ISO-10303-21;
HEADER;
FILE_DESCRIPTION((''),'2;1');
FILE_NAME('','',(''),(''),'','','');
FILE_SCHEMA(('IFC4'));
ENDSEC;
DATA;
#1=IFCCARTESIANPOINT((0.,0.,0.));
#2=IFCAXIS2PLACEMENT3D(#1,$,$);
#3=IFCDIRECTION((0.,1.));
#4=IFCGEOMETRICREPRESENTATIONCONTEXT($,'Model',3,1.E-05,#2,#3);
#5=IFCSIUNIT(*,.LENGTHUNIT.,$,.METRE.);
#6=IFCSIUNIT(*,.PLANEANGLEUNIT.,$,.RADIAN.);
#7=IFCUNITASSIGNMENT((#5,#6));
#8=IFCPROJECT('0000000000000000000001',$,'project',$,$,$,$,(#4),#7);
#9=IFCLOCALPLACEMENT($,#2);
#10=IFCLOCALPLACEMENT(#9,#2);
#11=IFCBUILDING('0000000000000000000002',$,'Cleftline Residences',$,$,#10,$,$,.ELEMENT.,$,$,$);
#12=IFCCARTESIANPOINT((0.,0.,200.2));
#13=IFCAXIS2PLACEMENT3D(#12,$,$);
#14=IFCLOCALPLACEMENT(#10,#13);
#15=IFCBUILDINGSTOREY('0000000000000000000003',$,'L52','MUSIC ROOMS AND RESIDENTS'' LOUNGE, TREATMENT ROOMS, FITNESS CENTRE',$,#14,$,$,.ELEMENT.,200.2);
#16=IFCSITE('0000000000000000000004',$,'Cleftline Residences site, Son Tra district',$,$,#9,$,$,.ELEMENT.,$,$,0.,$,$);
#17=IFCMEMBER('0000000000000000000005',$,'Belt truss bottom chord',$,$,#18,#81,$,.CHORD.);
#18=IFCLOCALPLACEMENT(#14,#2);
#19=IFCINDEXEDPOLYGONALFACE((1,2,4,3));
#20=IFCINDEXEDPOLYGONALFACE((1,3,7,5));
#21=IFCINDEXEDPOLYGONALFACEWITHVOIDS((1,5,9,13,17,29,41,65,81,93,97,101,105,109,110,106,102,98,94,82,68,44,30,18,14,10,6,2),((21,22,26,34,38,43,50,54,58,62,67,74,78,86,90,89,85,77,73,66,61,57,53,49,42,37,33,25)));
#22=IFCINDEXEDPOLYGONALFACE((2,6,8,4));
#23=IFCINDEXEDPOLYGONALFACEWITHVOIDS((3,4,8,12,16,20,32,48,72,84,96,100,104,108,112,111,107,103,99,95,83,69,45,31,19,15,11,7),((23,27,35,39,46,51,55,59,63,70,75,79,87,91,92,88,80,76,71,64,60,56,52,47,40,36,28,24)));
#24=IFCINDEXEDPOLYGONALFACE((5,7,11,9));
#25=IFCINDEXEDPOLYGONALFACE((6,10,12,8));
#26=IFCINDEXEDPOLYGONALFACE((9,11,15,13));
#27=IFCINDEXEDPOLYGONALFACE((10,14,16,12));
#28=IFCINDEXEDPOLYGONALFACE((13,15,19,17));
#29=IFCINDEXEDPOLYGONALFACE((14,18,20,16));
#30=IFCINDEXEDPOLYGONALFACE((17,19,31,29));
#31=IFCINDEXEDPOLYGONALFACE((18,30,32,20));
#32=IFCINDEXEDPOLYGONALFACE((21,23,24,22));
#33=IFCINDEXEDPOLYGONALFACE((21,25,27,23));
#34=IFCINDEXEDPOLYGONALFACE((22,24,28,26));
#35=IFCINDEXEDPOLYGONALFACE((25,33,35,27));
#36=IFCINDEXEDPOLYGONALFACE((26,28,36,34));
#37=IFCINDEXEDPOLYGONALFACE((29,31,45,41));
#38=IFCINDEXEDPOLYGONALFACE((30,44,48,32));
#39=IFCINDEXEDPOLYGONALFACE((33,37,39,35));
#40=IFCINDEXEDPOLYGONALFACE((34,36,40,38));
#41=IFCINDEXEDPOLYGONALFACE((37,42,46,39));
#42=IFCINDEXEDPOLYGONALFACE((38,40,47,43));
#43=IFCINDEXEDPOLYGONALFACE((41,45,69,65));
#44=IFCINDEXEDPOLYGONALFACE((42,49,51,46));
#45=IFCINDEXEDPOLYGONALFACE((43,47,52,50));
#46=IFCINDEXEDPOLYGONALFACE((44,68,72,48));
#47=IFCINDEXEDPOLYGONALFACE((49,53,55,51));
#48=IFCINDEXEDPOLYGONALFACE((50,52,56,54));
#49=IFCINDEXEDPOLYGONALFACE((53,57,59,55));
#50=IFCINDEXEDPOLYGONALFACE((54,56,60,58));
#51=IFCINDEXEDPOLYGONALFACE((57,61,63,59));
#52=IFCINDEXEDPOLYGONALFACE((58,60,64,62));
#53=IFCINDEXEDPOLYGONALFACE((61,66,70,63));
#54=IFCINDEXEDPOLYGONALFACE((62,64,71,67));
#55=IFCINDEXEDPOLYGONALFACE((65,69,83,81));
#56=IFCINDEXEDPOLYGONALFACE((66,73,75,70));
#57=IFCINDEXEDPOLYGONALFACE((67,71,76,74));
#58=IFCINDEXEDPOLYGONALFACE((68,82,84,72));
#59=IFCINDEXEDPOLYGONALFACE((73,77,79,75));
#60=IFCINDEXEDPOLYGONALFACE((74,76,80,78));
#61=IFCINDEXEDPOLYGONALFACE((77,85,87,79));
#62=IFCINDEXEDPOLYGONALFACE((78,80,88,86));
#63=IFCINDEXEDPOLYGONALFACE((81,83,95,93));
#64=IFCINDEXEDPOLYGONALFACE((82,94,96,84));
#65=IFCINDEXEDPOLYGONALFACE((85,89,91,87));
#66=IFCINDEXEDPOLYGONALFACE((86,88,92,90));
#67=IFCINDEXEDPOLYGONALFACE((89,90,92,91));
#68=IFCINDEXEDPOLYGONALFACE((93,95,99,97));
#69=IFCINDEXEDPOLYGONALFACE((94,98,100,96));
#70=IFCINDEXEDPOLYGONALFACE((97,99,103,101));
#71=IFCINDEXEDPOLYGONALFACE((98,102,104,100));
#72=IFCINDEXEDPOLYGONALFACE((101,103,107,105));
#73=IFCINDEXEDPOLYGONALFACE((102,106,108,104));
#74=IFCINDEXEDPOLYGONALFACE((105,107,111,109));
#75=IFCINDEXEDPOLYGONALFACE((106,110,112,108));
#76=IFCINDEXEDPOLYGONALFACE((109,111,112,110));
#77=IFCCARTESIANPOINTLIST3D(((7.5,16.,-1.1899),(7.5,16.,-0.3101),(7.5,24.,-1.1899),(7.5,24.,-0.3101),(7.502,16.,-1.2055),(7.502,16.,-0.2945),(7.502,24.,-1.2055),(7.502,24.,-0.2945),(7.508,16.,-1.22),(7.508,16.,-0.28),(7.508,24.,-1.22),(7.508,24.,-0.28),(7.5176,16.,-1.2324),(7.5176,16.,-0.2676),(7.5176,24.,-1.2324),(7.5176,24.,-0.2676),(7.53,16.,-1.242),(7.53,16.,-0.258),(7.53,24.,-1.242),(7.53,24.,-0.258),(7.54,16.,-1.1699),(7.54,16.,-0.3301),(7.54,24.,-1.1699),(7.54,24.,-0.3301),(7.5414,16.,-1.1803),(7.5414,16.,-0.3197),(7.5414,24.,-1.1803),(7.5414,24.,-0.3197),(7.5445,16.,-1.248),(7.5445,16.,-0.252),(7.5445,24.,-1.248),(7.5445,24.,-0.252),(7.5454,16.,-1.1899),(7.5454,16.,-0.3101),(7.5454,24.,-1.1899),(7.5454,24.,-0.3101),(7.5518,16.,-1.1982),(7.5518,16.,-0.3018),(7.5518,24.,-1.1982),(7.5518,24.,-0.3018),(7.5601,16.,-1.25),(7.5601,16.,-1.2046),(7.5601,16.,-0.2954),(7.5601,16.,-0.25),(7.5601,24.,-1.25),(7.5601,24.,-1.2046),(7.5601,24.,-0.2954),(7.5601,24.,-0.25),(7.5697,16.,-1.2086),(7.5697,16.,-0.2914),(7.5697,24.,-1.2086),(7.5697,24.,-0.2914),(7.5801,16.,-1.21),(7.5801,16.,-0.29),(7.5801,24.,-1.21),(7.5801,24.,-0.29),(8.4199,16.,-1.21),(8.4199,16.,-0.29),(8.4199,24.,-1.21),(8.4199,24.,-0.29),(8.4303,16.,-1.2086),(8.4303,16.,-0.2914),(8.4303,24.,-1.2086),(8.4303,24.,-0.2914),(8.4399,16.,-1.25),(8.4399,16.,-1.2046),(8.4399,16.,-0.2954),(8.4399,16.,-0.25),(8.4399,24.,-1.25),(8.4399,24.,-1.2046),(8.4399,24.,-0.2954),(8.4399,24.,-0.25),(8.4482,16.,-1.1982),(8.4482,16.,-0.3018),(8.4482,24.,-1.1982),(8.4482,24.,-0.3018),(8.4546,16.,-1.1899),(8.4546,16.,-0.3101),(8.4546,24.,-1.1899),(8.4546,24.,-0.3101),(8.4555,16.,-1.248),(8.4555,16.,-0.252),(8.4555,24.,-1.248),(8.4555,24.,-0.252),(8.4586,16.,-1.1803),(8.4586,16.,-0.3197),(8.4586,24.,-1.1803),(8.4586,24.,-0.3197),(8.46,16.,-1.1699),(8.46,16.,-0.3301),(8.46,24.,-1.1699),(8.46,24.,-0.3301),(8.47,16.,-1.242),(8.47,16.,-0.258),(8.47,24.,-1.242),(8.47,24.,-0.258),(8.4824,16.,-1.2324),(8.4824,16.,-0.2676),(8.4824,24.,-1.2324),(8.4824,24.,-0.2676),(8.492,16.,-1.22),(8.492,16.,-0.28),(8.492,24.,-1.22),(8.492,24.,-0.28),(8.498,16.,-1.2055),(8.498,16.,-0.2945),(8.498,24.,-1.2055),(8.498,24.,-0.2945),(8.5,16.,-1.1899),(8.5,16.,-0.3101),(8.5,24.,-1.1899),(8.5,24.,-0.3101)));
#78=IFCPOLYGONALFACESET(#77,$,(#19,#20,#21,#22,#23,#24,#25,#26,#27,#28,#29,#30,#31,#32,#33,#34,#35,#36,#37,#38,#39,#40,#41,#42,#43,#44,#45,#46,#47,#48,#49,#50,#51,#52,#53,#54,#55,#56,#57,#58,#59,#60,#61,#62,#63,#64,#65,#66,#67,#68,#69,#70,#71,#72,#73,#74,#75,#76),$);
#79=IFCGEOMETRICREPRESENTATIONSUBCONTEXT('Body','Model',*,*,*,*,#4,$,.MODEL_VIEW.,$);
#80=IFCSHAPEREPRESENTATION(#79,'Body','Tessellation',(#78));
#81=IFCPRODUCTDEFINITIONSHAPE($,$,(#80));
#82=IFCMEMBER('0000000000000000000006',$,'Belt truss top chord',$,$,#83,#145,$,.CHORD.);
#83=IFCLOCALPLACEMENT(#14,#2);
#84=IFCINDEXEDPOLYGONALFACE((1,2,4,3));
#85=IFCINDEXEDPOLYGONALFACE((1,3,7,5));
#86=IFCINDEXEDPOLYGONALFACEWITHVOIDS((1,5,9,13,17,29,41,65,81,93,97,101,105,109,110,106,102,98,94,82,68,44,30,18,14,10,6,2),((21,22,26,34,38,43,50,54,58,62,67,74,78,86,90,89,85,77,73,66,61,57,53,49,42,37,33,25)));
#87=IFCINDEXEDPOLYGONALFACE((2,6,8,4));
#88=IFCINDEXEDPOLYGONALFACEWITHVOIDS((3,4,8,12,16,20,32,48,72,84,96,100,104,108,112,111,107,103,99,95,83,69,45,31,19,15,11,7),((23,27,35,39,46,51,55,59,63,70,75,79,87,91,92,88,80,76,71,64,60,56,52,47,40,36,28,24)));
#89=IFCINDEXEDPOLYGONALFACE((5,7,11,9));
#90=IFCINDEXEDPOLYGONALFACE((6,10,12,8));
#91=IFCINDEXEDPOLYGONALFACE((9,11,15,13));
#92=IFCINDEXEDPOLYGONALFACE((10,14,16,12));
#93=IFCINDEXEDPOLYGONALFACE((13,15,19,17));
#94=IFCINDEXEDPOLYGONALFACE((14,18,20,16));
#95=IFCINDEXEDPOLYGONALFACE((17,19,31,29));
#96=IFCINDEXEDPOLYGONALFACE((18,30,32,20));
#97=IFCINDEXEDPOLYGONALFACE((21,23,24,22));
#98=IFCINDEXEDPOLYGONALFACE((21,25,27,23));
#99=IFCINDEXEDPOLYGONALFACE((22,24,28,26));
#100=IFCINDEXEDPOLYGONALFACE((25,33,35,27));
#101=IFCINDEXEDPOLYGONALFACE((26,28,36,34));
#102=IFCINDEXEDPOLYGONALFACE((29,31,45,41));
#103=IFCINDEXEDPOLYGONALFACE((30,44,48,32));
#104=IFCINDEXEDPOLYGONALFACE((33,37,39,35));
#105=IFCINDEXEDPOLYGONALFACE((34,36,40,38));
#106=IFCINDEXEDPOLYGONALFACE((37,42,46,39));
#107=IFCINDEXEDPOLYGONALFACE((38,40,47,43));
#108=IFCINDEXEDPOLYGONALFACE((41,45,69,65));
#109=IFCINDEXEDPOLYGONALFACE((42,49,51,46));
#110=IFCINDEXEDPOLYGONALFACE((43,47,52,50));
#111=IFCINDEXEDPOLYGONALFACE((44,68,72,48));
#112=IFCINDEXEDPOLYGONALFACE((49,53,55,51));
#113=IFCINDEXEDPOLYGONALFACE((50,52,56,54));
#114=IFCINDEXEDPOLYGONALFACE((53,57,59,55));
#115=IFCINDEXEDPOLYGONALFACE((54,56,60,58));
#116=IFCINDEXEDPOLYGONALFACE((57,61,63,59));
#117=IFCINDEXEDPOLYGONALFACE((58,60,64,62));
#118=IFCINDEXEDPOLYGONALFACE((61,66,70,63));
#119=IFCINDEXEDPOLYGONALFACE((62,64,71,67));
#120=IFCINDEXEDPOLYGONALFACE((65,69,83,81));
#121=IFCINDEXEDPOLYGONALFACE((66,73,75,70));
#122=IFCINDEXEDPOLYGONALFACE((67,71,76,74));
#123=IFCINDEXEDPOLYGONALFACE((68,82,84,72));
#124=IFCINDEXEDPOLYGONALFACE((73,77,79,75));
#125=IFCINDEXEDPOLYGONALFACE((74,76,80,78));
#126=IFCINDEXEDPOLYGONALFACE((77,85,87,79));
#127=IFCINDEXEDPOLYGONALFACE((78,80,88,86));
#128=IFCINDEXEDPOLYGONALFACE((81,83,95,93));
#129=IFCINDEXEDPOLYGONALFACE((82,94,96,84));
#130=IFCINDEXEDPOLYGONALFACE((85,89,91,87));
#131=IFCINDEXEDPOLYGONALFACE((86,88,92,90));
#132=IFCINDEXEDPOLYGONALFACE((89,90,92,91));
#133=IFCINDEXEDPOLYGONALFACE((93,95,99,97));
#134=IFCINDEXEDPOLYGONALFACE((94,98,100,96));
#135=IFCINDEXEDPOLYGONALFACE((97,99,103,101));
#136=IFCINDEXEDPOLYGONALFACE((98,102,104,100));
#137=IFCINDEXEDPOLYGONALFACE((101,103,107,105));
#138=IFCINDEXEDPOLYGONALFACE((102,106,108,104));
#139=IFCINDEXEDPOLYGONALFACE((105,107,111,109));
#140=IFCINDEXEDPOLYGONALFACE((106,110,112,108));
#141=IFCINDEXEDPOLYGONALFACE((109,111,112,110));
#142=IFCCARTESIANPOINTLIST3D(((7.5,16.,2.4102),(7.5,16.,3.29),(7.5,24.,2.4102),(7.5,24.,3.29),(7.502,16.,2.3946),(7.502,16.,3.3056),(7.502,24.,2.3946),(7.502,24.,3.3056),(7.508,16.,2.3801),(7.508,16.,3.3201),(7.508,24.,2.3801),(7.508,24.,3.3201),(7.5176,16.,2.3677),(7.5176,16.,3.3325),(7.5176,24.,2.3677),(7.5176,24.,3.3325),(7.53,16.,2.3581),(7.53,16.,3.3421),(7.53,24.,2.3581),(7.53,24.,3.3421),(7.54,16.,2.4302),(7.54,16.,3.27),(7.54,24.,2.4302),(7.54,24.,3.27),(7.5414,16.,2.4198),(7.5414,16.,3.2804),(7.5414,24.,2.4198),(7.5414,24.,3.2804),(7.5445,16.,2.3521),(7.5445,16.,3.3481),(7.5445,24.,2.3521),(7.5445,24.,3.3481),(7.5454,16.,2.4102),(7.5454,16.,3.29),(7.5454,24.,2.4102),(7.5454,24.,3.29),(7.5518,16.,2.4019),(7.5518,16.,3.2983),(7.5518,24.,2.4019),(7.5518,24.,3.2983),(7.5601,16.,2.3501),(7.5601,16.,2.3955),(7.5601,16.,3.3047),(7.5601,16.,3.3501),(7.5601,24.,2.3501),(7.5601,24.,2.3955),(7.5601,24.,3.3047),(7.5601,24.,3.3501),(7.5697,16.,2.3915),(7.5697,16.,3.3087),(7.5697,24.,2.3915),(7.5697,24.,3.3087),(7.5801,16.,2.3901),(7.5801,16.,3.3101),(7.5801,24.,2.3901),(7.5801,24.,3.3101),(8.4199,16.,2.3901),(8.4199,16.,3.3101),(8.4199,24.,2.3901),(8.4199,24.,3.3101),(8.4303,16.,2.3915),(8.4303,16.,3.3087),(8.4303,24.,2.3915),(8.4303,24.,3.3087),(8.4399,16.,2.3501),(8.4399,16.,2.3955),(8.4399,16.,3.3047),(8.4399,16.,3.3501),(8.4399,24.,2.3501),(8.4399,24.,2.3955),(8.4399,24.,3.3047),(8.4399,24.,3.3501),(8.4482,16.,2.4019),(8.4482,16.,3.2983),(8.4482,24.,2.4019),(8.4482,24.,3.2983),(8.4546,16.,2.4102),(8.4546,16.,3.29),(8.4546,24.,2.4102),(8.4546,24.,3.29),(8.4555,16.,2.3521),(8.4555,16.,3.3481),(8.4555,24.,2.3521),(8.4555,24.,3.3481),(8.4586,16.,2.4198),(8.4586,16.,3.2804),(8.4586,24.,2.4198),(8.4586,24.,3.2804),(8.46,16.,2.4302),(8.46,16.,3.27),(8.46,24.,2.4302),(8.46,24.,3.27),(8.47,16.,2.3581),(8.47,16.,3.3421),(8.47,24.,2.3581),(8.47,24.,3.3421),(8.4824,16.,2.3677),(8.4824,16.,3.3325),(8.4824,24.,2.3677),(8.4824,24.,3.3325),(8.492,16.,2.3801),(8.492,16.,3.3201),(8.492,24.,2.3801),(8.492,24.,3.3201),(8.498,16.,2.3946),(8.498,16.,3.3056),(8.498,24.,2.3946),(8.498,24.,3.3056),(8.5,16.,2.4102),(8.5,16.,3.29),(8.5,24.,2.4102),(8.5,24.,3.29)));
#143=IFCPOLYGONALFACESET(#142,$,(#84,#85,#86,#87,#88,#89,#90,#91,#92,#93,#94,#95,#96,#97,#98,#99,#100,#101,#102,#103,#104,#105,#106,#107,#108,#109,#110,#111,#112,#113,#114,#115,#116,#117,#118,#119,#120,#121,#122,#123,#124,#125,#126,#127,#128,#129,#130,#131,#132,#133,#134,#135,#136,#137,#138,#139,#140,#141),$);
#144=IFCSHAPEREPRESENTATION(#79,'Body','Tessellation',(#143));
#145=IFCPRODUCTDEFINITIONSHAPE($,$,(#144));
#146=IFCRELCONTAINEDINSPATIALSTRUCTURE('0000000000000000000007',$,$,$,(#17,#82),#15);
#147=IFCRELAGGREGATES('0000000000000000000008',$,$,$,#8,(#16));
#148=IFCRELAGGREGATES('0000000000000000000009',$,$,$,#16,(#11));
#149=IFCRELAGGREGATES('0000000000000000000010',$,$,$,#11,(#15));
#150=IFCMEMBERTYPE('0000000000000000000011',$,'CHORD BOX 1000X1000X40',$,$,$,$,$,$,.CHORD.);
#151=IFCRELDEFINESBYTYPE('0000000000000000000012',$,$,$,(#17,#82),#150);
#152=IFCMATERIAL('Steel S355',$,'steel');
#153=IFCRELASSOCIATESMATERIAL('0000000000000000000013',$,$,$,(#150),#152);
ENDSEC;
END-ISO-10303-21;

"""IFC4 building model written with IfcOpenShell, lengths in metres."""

from ifc_helpers import new_model, si_unit, direction, frame, origin, origin_2d, place, context, subcontext, project, spatial, hollow_rectangle, extrude, material, material_profile, profile_set, type_object, element, save


model = new_model("IFC4")

# Units and contexts
model_context = context("Model", 3, precision=1e-05, world=origin(), true_north=direction((0.0, 1.0)))
body_context = subcontext(model_context, "Body", "Model", "MODEL_VIEW")
ifc_project = project(units=[si_unit("LENGTHUNIT", "METRE"), si_unit("PLANEANGLEUNIT", "RADIAN")], contexts=[model_context])

# Site, building, storey
site_placement = place(None, origin())
site = spatial("IfcSite", under=ifc_project, at=site_placement, Name="Cleftline Residences site, Son Tra district", CompositionType="ELEMENT", RefElevation=0.0)
building_placement = place(site_placement, origin())
building = spatial("IfcBuilding", under=site, at=building_placement, Name="Cleftline Residences", CompositionType="ELEMENT")
storey_placement = place(building_placement, frame((0.0, 0.0, 200.2)))
storey = spatial("IfcBuildingStorey", under=building, at=storey_placement, Name="L52", Description="MUSIC ROOMS AND RESIDENTS' LOUNGE, TREATMENT ROOMS, FITNESS CENTRE", CompositionType="ELEMENT", Elevation=200.2)

# Members
ifc_material_1 = material(Name="Steel S355", Category="steel")
ifc_material_profile_1 = material_profile(ifc_material_1, hollow_rectangle(XDim=1.0, YDim=1.0, WallThickness=0.04, InnerFilletRadius=0.04, OuterFilletRadius=0.0601, at=origin_2d()))
ifc_profile_set_1 = profile_set([ifc_material_profile_1], Name="Steel S355")
member_type_1 = type_object("IfcMemberType", Name="CHORD BOX 1000X1000X40", PredefinedType="CHORD", material=ifc_profile_set_1)
for number, where, z_axis, x_axis, name in (
    (1, (8.0, 16.0, -0.75), (0.0, 1.0, 0.0), (-1.0, 0.0, 0.0), "Belt truss bottom chord"),
    (2, (8.0, 16.0, 2.8501), (0.0, 1.0, 0.0), (-1.0, 0.0, 0.0), "Belt truss top chord"),
):
    element("IfcMember", number, at=place(storey_placement, frame(where, z_axis=z_axis, x_axis=x_axis)), inside=storey, type_object=member_type_1, Name=name, PredefinedType="CHORD", context=body_context, shape_type="SweptSolid", body=[
        extrude(hollow_rectangle(XDim=1.0, YDim=1.0, WallThickness=0.04, InnerFilletRadius=0.04, OuterFilletRadius=0.0601, at=origin_2d()), origin(), (0.0, 0.0, 1.0), 8.0),
    ])

save(model, "model.ifc")
